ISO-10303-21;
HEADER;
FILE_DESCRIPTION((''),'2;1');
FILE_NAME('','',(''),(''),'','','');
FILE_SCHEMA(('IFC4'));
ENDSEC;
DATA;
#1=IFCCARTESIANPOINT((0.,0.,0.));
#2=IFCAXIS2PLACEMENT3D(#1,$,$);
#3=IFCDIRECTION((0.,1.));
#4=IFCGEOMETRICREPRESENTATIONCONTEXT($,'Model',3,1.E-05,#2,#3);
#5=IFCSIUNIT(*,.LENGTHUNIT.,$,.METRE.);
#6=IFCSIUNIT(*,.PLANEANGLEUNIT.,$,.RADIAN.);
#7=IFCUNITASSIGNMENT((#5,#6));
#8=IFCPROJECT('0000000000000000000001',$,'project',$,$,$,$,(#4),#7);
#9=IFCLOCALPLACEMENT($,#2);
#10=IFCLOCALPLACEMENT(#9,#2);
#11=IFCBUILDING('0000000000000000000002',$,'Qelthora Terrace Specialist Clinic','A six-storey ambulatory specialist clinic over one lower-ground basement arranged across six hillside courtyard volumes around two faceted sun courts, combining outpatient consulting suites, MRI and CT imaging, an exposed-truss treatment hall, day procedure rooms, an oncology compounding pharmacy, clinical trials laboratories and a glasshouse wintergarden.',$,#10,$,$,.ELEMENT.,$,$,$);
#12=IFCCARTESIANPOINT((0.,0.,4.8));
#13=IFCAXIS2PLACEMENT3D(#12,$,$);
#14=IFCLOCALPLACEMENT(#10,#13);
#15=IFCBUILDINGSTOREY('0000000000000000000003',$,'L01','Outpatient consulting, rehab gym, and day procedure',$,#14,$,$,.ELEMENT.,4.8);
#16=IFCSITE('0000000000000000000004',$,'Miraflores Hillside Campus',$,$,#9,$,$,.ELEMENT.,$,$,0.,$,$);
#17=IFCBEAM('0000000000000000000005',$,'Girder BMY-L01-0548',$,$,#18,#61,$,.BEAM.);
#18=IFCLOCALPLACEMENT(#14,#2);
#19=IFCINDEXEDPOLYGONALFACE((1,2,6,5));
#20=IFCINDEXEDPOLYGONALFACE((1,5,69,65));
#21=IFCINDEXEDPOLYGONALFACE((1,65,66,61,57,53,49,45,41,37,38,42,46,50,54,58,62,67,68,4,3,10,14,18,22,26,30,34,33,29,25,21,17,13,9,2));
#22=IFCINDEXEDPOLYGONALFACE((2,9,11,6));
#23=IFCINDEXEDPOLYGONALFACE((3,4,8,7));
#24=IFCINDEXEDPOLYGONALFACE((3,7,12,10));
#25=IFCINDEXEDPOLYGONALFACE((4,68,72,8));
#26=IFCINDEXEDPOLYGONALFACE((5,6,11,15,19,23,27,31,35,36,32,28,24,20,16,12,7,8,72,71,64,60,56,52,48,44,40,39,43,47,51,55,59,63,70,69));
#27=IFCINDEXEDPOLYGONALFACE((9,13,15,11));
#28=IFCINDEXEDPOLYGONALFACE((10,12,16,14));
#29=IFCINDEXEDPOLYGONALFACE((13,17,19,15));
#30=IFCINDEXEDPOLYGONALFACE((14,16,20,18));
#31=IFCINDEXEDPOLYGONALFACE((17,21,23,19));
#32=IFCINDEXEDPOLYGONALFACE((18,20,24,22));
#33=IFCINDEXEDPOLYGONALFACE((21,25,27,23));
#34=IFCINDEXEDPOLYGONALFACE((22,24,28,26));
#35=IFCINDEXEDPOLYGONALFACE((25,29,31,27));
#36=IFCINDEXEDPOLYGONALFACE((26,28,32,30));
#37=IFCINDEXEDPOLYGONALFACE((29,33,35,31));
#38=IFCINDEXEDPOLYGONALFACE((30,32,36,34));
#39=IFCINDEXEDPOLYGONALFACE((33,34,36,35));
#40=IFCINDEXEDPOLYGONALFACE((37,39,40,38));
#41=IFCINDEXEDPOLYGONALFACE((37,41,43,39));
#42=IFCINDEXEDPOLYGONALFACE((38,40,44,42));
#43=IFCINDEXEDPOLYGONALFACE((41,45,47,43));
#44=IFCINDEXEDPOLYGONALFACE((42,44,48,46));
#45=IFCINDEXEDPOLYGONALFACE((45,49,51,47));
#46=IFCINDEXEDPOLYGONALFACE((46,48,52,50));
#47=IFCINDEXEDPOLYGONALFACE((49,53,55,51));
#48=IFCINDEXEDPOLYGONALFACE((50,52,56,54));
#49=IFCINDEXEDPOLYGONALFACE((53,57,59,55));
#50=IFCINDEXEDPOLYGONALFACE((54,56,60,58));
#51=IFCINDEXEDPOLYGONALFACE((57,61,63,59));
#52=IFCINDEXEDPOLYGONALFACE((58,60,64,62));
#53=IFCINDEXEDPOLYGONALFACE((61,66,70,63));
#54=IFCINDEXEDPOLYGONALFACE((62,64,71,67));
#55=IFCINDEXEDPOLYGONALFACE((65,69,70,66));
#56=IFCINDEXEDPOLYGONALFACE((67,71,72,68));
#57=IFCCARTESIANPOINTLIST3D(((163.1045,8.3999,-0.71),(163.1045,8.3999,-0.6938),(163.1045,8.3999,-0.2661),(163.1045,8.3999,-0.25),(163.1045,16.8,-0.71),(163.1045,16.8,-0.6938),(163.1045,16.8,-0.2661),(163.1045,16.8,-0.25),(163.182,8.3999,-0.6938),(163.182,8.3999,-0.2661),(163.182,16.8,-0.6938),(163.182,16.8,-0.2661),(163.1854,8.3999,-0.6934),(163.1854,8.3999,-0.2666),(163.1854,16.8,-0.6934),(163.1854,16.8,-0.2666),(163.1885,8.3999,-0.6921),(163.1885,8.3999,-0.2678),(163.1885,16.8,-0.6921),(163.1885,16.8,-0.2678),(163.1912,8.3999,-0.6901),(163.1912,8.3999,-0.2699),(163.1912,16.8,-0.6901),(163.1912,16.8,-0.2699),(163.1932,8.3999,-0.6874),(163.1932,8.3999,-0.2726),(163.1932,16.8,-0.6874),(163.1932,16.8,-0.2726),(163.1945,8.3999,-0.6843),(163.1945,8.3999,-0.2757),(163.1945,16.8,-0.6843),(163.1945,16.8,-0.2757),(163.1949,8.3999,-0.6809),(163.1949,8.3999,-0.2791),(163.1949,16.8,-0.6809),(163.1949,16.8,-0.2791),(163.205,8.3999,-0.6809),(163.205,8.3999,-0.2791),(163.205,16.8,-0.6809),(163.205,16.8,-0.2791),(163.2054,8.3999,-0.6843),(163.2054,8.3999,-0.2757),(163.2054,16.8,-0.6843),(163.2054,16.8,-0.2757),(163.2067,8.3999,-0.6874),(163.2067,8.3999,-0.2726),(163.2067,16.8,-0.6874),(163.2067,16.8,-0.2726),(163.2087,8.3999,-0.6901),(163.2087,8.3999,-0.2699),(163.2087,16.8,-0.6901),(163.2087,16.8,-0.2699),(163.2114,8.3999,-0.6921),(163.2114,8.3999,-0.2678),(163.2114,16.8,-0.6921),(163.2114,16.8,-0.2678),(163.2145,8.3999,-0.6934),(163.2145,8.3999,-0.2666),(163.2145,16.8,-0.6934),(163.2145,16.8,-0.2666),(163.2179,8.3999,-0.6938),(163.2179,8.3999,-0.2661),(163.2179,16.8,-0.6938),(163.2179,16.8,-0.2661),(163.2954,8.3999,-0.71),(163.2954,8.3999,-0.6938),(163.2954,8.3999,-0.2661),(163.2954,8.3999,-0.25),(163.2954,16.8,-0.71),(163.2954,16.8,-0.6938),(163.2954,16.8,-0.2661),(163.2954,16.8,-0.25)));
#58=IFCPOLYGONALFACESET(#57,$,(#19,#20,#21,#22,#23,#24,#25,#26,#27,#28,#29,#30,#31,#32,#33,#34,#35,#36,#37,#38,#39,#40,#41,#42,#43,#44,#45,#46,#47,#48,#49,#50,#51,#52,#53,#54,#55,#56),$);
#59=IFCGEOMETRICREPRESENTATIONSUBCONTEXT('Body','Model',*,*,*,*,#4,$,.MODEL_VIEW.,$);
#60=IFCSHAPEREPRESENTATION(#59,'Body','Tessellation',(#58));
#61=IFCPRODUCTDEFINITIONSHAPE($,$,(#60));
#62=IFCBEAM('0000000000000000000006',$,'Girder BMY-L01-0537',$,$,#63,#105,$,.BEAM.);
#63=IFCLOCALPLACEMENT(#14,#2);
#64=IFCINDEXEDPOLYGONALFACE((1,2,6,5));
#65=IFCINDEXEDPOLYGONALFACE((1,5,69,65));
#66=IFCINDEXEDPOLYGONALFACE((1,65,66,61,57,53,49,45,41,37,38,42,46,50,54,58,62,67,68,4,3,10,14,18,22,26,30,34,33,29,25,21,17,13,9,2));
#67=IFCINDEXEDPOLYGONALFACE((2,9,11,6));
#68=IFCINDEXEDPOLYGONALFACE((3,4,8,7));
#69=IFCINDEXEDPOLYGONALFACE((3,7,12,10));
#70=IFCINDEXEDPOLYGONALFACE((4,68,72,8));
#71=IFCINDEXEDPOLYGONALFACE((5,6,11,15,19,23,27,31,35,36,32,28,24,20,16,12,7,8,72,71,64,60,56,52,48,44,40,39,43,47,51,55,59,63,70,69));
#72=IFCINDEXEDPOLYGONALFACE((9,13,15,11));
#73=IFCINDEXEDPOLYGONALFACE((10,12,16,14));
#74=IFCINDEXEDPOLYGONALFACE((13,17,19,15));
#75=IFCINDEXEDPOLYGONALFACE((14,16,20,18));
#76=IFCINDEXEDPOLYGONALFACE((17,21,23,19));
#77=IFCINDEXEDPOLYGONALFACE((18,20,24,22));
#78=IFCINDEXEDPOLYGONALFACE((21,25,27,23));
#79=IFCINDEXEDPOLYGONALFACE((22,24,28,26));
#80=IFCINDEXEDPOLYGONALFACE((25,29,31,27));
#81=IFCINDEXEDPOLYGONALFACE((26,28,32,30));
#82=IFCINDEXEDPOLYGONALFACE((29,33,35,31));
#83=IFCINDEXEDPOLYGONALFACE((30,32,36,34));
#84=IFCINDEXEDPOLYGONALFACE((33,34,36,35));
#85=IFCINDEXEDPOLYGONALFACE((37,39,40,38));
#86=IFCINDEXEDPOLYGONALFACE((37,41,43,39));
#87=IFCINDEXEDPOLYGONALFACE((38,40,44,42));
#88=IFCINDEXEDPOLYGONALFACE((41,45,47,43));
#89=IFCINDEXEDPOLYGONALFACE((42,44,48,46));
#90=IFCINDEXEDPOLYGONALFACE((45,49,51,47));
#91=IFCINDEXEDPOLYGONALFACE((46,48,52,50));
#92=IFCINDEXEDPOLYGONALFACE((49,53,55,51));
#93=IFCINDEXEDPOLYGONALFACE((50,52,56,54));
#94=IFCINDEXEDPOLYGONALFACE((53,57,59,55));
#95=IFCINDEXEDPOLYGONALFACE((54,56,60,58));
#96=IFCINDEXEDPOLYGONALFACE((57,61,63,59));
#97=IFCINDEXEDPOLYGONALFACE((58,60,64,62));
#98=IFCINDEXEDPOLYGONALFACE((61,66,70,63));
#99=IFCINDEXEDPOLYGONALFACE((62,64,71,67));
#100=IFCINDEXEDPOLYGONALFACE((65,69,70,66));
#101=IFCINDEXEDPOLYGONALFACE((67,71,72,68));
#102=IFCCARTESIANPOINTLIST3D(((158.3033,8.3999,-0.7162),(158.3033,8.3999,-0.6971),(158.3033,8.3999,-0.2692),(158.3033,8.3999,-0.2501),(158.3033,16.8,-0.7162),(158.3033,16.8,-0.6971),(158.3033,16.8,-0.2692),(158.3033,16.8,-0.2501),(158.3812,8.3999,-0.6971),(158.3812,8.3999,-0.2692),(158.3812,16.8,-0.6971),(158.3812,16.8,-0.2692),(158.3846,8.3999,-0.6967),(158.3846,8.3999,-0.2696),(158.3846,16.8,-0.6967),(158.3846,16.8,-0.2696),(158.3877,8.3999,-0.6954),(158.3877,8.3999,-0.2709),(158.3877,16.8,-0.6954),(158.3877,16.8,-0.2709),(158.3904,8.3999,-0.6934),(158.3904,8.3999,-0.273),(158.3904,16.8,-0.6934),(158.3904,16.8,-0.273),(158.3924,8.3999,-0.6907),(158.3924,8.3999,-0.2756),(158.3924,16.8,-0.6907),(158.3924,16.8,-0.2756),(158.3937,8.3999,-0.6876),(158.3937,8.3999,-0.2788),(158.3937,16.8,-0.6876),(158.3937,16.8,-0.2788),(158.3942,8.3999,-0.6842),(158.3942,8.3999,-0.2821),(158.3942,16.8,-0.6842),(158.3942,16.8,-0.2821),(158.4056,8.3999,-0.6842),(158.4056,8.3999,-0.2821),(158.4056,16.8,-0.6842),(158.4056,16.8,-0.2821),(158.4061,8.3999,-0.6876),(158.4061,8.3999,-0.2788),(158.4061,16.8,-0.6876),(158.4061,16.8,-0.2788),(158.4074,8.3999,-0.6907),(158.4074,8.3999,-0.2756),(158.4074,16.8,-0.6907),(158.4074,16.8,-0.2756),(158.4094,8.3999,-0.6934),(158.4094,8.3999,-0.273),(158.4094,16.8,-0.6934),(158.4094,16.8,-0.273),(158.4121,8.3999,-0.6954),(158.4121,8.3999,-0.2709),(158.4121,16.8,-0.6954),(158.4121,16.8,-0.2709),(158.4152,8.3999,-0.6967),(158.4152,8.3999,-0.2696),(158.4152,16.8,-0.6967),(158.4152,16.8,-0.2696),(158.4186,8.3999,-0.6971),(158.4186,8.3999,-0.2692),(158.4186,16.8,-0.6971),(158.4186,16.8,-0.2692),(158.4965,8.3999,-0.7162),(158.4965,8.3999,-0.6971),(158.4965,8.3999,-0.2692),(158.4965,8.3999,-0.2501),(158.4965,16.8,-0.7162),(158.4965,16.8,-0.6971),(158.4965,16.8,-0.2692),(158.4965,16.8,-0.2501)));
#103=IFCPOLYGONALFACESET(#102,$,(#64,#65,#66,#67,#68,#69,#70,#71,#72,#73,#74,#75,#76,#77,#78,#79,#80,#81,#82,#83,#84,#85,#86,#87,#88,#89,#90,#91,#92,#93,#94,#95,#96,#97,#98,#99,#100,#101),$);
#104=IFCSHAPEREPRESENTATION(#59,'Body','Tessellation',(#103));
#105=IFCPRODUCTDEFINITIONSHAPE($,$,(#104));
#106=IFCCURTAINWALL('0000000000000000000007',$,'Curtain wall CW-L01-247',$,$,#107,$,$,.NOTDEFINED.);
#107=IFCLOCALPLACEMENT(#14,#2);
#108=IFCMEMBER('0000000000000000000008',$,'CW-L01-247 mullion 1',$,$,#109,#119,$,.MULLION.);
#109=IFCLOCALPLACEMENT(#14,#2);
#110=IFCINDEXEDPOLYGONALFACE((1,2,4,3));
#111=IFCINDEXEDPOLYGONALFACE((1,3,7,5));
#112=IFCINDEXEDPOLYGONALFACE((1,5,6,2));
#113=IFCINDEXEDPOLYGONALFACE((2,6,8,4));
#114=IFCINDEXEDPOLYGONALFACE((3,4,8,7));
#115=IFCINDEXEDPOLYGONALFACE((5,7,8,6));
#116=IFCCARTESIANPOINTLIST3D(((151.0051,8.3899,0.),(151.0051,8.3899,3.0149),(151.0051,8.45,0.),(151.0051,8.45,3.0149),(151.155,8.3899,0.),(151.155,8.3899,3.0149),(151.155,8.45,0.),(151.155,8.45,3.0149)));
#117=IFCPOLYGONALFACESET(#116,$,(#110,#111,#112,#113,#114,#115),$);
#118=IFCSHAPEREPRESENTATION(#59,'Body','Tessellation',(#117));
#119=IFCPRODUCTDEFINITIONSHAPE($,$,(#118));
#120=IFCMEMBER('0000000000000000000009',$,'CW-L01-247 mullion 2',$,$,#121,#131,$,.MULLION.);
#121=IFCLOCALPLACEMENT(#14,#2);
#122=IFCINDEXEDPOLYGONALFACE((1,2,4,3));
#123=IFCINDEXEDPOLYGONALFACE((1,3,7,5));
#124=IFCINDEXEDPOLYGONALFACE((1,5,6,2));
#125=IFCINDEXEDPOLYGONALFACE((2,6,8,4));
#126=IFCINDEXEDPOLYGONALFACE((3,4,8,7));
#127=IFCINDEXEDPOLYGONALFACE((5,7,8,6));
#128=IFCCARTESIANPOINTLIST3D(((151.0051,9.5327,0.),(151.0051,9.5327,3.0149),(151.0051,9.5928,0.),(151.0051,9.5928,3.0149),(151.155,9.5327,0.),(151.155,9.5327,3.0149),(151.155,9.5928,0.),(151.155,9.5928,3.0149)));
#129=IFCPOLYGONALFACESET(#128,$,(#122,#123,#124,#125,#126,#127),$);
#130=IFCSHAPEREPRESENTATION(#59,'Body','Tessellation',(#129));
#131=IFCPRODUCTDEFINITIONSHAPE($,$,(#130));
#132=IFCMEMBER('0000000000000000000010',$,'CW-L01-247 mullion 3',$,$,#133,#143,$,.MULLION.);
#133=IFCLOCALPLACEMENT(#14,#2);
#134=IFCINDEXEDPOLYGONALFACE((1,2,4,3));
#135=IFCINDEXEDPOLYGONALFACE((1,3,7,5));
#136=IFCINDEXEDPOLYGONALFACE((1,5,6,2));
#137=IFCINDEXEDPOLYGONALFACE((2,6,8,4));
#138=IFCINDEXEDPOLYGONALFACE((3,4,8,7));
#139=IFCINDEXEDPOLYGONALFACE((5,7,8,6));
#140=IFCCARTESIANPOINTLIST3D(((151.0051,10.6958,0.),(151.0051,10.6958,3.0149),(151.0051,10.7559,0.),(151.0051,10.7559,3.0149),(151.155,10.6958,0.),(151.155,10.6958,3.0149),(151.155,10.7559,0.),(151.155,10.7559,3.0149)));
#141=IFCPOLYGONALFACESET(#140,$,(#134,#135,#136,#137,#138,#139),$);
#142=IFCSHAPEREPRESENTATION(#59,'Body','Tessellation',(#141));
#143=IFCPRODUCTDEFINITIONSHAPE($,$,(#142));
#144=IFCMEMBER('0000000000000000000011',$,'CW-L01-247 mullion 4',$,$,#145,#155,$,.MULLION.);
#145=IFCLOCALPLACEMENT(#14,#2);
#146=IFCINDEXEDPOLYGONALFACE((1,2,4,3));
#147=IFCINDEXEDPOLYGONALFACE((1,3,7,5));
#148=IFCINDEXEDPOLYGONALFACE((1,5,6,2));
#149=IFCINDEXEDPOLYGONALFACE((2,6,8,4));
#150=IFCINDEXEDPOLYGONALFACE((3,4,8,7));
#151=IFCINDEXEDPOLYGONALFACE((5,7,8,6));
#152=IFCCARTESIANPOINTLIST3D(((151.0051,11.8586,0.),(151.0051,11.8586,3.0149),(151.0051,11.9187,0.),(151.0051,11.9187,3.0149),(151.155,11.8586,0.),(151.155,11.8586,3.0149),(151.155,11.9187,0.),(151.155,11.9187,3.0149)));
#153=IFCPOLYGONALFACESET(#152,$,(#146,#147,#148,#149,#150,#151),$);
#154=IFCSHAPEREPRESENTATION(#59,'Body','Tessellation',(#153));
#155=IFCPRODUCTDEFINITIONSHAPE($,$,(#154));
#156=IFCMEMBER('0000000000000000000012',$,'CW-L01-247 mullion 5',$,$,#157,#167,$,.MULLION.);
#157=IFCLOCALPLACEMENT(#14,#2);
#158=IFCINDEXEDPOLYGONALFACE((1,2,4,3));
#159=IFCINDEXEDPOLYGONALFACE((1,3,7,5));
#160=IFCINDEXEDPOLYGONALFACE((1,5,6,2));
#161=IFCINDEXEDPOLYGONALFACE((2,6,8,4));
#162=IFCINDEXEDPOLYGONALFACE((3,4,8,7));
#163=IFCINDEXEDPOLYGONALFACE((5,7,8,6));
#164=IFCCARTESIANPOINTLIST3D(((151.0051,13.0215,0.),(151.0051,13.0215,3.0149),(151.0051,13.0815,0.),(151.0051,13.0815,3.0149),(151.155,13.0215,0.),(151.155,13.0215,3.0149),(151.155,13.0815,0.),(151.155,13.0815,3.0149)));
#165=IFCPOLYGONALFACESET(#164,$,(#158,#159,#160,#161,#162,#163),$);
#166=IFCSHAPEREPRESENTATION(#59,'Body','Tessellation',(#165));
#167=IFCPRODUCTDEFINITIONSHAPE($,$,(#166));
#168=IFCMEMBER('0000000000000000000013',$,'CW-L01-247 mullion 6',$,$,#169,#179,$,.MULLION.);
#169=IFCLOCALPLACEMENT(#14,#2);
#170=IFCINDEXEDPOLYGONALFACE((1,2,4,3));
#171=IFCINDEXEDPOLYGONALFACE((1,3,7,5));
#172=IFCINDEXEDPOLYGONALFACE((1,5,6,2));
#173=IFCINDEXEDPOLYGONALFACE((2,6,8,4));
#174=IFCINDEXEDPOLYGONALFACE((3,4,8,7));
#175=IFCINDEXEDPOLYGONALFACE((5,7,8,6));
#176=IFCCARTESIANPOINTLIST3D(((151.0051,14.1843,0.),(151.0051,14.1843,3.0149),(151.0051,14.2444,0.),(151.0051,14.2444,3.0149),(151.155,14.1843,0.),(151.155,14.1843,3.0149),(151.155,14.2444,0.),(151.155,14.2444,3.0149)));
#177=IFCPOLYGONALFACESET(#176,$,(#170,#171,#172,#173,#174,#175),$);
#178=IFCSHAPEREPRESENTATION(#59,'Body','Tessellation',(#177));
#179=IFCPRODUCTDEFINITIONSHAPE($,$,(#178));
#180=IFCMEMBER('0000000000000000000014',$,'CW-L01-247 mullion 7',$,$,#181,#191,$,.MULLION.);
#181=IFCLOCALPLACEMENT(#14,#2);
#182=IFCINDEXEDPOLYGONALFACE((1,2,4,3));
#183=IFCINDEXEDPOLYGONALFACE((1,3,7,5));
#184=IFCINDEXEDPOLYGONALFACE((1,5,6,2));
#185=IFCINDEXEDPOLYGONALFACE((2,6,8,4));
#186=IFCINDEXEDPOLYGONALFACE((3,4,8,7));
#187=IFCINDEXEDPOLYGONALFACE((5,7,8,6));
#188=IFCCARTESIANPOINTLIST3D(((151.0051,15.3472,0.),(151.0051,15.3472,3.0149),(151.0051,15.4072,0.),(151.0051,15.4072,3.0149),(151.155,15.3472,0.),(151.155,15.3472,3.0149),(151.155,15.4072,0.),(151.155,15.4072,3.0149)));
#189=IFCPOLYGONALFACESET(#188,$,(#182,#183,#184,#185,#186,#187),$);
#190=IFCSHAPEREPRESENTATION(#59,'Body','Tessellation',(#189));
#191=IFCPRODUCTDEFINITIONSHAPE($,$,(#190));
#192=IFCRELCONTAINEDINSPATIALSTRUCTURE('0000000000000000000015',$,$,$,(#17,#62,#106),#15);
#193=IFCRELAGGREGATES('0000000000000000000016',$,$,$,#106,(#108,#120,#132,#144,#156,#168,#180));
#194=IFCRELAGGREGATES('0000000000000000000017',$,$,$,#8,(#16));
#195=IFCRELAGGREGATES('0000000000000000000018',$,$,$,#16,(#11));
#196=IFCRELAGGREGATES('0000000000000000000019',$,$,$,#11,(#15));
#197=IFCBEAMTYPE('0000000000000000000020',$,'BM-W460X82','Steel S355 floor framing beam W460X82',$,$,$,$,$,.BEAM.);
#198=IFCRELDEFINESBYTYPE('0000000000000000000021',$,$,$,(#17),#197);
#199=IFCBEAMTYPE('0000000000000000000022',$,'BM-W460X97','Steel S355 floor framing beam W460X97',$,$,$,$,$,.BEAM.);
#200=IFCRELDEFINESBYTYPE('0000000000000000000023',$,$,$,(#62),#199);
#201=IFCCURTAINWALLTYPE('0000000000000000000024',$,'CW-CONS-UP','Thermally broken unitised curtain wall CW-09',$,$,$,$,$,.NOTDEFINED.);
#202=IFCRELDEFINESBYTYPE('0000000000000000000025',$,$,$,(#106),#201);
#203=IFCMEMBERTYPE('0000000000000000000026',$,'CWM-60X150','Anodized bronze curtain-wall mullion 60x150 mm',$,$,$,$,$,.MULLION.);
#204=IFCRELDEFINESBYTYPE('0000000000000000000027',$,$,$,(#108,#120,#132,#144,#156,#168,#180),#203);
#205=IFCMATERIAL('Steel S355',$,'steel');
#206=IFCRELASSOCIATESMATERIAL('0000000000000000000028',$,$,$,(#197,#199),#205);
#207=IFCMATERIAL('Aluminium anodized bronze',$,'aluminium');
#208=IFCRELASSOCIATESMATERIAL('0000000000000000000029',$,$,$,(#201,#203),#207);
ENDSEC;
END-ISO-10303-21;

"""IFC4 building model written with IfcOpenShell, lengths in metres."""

from ifc_helpers import new_model, si_unit, direction, frame, origin, origin_2d, place, context, subcontext, project, spatial, rectangle, i_section, extrude, material, material_profile, profile_set, type_object, element, aggregate, save


model = new_model("IFC4")

# Units and contexts
model_context = context("Model", 3, precision=1e-05, world=origin(), true_north=direction((0.0, 1.0)))
body_context = subcontext(model_context, "Body", "Model", "MODEL_VIEW")
ifc_project = project(units=[si_unit("LENGTHUNIT", "METRE"), si_unit("PLANEANGLEUNIT", "RADIAN")], contexts=[model_context])

# Site, building, storey
site_placement = place(None, origin())
site = spatial("IfcSite", under=ifc_project, at=site_placement, Name="Miraflores Hillside Campus", CompositionType="ELEMENT", RefElevation=0.0)
building_placement = place(site_placement, origin())
building = spatial("IfcBuilding", under=site, at=building_placement, Name="Qelthora Terrace Specialist Clinic", Description="A six-storey ambulatory specialist clinic over one lower-ground basement arranged across six hillside courtyard volumes around two faceted sun courts, combining outpatient consulting suites, MRI and CT imaging, an exposed-truss treatment hall, day procedure rooms, an oncology compounding pharmacy, clinical trials laboratories and a glasshouse wintergarden.", CompositionType="ELEMENT")
storey_placement = place(building_placement, frame((0.0, 0.0, 4.8)))
storey = spatial("IfcBuildingStorey", under=building, at=storey_placement, Name="L01", Description="Outpatient consulting, rehab gym, and day procedure", CompositionType="ELEMENT", Elevation=4.8)

# Beams
ifc_material_1 = material(Name="Steel S355", Category="steel")
ifc_material_profile_1 = material_profile(ifc_material_1, i_section(OverallWidth=0.1909, OverallDepth=0.46, WebThickness=0.01, FlangeThickness=0.0161, FilletRadius=0.0129, at=origin_2d()), Name="W460X82")
ifc_profile_set_1 = profile_set([ifc_material_profile_1], Name="Steel S355")
beam_type_1 = type_object("IfcBeamType", Name="BM-W460X82", Description="Steel S355 floor framing beam W460X82", PredefinedType="BEAM", material=ifc_profile_set_1)
beam_1_placement = place(storey_placement, frame((163.2, 8.3999, -0.48), z_axis=(0.0, 1.0, 0.0), x_axis=(-1.0, 0.0, 0.0)))
element("IfcBeam", 1, at=beam_1_placement, inside=storey, type_object=beam_type_1, Name="Girder BMY-L01-0548", PredefinedType="BEAM", context=body_context, shape_type="SweptSolid", body=[
    extrude(i_section(OverallWidth=0.1909, OverallDepth=0.46, WebThickness=0.01, FlangeThickness=0.0161, FilletRadius=0.0129, at=origin_2d()), origin(), (0.0, 0.0, 1.0), 8.4001),
])
ifc_material_profile_2 = material_profile(ifc_material_1, i_section(OverallWidth=0.1931, OverallDepth=0.4661, WebThickness=0.0115, FlangeThickness=0.019, FilletRadius=0.0129, at=origin_2d()), Name="W460X97")
ifc_profile_set_2 = profile_set([ifc_material_profile_2], Name="Steel S355")
beam_type_2 = type_object("IfcBeamType", Name="BM-W460X97", Description="Steel S355 floor framing beam W460X97", PredefinedType="BEAM", material=ifc_profile_set_2)
beam_2_placement = place(storey_placement, frame((158.3999, 8.3999, -0.4832), z_axis=(0.0, 1.0, 0.0), x_axis=(-1.0, 0.0, 0.0)))
element("IfcBeam", 2, at=beam_2_placement, inside=storey, type_object=beam_type_2, Name="Girder BMY-L01-0537", PredefinedType="BEAM", context=body_context, shape_type="SweptSolid", body=[
    extrude(i_section(OverallWidth=0.1931, OverallDepth=0.4661, WebThickness=0.0115, FlangeThickness=0.019, FilletRadius=0.0129, at=origin_2d()), origin(), (0.0, 0.0, 1.0), 8.4001),
])

# Curtain wall, members
ifc_material_2 = material(Name="Aluminium anodized bronze", Category="aluminium")
curtain_wall_type = type_object("IfcCurtainWallType", Name="CW-CONS-UP", Description="Thermally broken unitised curtain wall CW-09", PredefinedType="NOTDEFINED", material=ifc_material_2)
curtain_wall_placement = place(storey_placement, origin())
curtain_wall = element("IfcCurtainWall", 3, at=curtain_wall_placement, inside=storey, type_object=curtain_wall_type, Name="Curtain wall CW-L01-247", PredefinedType="NOTDEFINED")
ifc_material_profile_3 = material_profile(ifc_material_2, rectangle(XDim=0.0601, YDim=0.1499, at=origin_2d()), Name="CWM60X150")
ifc_profile_set_3 = profile_set([ifc_material_profile_3], Name="Aluminium anodized bronze")
member_type_1 = type_object("IfcMemberType", Name="CWM-60X150", Description="Anodized bronze curtain-wall mullion 60x150 mm", PredefinedType="MULLION", material=ifc_profile_set_3)
member_1_placement = place(storey_placement, frame((151.0801, 8.4199, 0.0), z_axis=(0.0, 0.0, 1.0), x_axis=(0.0, 1.0, 0.0)))
member_1 = element("IfcMember", 4, at=member_1_placement, type_object=member_type_1, Name="CW-L01-247 mullion 1", PredefinedType="MULLION", context=body_context, shape_type="SweptSolid", body=[
    extrude(rectangle(XDim=0.0601, YDim=0.1499, at=origin_2d()), origin(), (0.0, 0.0, 1.0), 3.0149),
])
member_2_placement = place(storey_placement, frame((151.0801, 9.5627, 0.0), z_axis=(0.0, 0.0, 1.0), x_axis=(0.0, 1.0, 0.0)))
member_2 = element("IfcMember", 5, at=member_2_placement, type_object=member_type_1, Name="CW-L01-247 mullion 2", PredefinedType="MULLION", context=body_context, shape_type="SweptSolid", body=[
    extrude(rectangle(XDim=0.0601, YDim=0.1499, at=origin_2d()), origin(), (0.0, 0.0, 1.0), 3.0149),
])
member_3_placement = place(storey_placement, frame((151.0801, 10.7258, 0.0), z_axis=(0.0, 0.0, 1.0), x_axis=(0.0, 1.0, 0.0)))
member_3 = element("IfcMember", 6, at=member_3_placement, type_object=member_type_1, Name="CW-L01-247 mullion 3", PredefinedType="MULLION", context=body_context, shape_type="SweptSolid", body=[
    extrude(rectangle(XDim=0.0601, YDim=0.1499, at=origin_2d()), origin(), (0.0, 0.0, 1.0), 3.0149),
])
member_4_placement = place(storey_placement, frame((151.0801, 11.8887, 0.0), z_axis=(0.0, 0.0, 1.0), x_axis=(0.0, 1.0, 0.0)))
member_4 = element("IfcMember", 7, at=member_4_placement, type_object=member_type_1, Name="CW-L01-247 mullion 4", PredefinedType="MULLION", context=body_context, shape_type="SweptSolid", body=[
    extrude(rectangle(XDim=0.0601, YDim=0.1499, at=origin_2d()), origin(), (0.0, 0.0, 1.0), 3.0149),
])
member_5_placement = place(storey_placement, frame((151.0801, 13.0515, 0.0), z_axis=(0.0, 0.0, 1.0), x_axis=(0.0, 1.0, 0.0)))
member_5 = element("IfcMember", 8, at=member_5_placement, type_object=member_type_1, Name="CW-L01-247 mullion 5", PredefinedType="MULLION", context=body_context, shape_type="SweptSolid", body=[
    extrude(rectangle(XDim=0.0601, YDim=0.1499, at=origin_2d()), origin(), (0.0, 0.0, 1.0), 3.0149),
])
member_6_placement = place(storey_placement, frame((151.0801, 14.2144, 0.0), z_axis=(0.0, 0.0, 1.0), x_axis=(0.0, 1.0, 0.0)))
member_6 = element("IfcMember", 9, at=member_6_placement, type_object=member_type_1, Name="CW-L01-247 mullion 6", PredefinedType="MULLION", context=body_context, shape_type="SweptSolid", body=[
    extrude(rectangle(XDim=0.0601, YDim=0.1499, at=origin_2d()), origin(), (0.0, 0.0, 1.0), 3.0149),
])
member_7_placement = place(storey_placement, frame((151.0801, 15.3772, 0.0), z_axis=(0.0, 0.0, 1.0), x_axis=(0.0, 1.0, 0.0)))
member_7 = element("IfcMember", 10, at=member_7_placement, type_object=member_type_1, Name="CW-L01-247 mullion 7", PredefinedType="MULLION", context=body_context, shape_type="SweptSolid", body=[
    extrude(rectangle(XDim=0.0601, YDim=0.1499, at=origin_2d()), origin(), (0.0, 0.0, 1.0), 3.0149),
])
aggregate(curtain_wall, [member_1, member_2, member_3, member_4, member_5, member_6, member_7])

save(model, "model.ifc")
